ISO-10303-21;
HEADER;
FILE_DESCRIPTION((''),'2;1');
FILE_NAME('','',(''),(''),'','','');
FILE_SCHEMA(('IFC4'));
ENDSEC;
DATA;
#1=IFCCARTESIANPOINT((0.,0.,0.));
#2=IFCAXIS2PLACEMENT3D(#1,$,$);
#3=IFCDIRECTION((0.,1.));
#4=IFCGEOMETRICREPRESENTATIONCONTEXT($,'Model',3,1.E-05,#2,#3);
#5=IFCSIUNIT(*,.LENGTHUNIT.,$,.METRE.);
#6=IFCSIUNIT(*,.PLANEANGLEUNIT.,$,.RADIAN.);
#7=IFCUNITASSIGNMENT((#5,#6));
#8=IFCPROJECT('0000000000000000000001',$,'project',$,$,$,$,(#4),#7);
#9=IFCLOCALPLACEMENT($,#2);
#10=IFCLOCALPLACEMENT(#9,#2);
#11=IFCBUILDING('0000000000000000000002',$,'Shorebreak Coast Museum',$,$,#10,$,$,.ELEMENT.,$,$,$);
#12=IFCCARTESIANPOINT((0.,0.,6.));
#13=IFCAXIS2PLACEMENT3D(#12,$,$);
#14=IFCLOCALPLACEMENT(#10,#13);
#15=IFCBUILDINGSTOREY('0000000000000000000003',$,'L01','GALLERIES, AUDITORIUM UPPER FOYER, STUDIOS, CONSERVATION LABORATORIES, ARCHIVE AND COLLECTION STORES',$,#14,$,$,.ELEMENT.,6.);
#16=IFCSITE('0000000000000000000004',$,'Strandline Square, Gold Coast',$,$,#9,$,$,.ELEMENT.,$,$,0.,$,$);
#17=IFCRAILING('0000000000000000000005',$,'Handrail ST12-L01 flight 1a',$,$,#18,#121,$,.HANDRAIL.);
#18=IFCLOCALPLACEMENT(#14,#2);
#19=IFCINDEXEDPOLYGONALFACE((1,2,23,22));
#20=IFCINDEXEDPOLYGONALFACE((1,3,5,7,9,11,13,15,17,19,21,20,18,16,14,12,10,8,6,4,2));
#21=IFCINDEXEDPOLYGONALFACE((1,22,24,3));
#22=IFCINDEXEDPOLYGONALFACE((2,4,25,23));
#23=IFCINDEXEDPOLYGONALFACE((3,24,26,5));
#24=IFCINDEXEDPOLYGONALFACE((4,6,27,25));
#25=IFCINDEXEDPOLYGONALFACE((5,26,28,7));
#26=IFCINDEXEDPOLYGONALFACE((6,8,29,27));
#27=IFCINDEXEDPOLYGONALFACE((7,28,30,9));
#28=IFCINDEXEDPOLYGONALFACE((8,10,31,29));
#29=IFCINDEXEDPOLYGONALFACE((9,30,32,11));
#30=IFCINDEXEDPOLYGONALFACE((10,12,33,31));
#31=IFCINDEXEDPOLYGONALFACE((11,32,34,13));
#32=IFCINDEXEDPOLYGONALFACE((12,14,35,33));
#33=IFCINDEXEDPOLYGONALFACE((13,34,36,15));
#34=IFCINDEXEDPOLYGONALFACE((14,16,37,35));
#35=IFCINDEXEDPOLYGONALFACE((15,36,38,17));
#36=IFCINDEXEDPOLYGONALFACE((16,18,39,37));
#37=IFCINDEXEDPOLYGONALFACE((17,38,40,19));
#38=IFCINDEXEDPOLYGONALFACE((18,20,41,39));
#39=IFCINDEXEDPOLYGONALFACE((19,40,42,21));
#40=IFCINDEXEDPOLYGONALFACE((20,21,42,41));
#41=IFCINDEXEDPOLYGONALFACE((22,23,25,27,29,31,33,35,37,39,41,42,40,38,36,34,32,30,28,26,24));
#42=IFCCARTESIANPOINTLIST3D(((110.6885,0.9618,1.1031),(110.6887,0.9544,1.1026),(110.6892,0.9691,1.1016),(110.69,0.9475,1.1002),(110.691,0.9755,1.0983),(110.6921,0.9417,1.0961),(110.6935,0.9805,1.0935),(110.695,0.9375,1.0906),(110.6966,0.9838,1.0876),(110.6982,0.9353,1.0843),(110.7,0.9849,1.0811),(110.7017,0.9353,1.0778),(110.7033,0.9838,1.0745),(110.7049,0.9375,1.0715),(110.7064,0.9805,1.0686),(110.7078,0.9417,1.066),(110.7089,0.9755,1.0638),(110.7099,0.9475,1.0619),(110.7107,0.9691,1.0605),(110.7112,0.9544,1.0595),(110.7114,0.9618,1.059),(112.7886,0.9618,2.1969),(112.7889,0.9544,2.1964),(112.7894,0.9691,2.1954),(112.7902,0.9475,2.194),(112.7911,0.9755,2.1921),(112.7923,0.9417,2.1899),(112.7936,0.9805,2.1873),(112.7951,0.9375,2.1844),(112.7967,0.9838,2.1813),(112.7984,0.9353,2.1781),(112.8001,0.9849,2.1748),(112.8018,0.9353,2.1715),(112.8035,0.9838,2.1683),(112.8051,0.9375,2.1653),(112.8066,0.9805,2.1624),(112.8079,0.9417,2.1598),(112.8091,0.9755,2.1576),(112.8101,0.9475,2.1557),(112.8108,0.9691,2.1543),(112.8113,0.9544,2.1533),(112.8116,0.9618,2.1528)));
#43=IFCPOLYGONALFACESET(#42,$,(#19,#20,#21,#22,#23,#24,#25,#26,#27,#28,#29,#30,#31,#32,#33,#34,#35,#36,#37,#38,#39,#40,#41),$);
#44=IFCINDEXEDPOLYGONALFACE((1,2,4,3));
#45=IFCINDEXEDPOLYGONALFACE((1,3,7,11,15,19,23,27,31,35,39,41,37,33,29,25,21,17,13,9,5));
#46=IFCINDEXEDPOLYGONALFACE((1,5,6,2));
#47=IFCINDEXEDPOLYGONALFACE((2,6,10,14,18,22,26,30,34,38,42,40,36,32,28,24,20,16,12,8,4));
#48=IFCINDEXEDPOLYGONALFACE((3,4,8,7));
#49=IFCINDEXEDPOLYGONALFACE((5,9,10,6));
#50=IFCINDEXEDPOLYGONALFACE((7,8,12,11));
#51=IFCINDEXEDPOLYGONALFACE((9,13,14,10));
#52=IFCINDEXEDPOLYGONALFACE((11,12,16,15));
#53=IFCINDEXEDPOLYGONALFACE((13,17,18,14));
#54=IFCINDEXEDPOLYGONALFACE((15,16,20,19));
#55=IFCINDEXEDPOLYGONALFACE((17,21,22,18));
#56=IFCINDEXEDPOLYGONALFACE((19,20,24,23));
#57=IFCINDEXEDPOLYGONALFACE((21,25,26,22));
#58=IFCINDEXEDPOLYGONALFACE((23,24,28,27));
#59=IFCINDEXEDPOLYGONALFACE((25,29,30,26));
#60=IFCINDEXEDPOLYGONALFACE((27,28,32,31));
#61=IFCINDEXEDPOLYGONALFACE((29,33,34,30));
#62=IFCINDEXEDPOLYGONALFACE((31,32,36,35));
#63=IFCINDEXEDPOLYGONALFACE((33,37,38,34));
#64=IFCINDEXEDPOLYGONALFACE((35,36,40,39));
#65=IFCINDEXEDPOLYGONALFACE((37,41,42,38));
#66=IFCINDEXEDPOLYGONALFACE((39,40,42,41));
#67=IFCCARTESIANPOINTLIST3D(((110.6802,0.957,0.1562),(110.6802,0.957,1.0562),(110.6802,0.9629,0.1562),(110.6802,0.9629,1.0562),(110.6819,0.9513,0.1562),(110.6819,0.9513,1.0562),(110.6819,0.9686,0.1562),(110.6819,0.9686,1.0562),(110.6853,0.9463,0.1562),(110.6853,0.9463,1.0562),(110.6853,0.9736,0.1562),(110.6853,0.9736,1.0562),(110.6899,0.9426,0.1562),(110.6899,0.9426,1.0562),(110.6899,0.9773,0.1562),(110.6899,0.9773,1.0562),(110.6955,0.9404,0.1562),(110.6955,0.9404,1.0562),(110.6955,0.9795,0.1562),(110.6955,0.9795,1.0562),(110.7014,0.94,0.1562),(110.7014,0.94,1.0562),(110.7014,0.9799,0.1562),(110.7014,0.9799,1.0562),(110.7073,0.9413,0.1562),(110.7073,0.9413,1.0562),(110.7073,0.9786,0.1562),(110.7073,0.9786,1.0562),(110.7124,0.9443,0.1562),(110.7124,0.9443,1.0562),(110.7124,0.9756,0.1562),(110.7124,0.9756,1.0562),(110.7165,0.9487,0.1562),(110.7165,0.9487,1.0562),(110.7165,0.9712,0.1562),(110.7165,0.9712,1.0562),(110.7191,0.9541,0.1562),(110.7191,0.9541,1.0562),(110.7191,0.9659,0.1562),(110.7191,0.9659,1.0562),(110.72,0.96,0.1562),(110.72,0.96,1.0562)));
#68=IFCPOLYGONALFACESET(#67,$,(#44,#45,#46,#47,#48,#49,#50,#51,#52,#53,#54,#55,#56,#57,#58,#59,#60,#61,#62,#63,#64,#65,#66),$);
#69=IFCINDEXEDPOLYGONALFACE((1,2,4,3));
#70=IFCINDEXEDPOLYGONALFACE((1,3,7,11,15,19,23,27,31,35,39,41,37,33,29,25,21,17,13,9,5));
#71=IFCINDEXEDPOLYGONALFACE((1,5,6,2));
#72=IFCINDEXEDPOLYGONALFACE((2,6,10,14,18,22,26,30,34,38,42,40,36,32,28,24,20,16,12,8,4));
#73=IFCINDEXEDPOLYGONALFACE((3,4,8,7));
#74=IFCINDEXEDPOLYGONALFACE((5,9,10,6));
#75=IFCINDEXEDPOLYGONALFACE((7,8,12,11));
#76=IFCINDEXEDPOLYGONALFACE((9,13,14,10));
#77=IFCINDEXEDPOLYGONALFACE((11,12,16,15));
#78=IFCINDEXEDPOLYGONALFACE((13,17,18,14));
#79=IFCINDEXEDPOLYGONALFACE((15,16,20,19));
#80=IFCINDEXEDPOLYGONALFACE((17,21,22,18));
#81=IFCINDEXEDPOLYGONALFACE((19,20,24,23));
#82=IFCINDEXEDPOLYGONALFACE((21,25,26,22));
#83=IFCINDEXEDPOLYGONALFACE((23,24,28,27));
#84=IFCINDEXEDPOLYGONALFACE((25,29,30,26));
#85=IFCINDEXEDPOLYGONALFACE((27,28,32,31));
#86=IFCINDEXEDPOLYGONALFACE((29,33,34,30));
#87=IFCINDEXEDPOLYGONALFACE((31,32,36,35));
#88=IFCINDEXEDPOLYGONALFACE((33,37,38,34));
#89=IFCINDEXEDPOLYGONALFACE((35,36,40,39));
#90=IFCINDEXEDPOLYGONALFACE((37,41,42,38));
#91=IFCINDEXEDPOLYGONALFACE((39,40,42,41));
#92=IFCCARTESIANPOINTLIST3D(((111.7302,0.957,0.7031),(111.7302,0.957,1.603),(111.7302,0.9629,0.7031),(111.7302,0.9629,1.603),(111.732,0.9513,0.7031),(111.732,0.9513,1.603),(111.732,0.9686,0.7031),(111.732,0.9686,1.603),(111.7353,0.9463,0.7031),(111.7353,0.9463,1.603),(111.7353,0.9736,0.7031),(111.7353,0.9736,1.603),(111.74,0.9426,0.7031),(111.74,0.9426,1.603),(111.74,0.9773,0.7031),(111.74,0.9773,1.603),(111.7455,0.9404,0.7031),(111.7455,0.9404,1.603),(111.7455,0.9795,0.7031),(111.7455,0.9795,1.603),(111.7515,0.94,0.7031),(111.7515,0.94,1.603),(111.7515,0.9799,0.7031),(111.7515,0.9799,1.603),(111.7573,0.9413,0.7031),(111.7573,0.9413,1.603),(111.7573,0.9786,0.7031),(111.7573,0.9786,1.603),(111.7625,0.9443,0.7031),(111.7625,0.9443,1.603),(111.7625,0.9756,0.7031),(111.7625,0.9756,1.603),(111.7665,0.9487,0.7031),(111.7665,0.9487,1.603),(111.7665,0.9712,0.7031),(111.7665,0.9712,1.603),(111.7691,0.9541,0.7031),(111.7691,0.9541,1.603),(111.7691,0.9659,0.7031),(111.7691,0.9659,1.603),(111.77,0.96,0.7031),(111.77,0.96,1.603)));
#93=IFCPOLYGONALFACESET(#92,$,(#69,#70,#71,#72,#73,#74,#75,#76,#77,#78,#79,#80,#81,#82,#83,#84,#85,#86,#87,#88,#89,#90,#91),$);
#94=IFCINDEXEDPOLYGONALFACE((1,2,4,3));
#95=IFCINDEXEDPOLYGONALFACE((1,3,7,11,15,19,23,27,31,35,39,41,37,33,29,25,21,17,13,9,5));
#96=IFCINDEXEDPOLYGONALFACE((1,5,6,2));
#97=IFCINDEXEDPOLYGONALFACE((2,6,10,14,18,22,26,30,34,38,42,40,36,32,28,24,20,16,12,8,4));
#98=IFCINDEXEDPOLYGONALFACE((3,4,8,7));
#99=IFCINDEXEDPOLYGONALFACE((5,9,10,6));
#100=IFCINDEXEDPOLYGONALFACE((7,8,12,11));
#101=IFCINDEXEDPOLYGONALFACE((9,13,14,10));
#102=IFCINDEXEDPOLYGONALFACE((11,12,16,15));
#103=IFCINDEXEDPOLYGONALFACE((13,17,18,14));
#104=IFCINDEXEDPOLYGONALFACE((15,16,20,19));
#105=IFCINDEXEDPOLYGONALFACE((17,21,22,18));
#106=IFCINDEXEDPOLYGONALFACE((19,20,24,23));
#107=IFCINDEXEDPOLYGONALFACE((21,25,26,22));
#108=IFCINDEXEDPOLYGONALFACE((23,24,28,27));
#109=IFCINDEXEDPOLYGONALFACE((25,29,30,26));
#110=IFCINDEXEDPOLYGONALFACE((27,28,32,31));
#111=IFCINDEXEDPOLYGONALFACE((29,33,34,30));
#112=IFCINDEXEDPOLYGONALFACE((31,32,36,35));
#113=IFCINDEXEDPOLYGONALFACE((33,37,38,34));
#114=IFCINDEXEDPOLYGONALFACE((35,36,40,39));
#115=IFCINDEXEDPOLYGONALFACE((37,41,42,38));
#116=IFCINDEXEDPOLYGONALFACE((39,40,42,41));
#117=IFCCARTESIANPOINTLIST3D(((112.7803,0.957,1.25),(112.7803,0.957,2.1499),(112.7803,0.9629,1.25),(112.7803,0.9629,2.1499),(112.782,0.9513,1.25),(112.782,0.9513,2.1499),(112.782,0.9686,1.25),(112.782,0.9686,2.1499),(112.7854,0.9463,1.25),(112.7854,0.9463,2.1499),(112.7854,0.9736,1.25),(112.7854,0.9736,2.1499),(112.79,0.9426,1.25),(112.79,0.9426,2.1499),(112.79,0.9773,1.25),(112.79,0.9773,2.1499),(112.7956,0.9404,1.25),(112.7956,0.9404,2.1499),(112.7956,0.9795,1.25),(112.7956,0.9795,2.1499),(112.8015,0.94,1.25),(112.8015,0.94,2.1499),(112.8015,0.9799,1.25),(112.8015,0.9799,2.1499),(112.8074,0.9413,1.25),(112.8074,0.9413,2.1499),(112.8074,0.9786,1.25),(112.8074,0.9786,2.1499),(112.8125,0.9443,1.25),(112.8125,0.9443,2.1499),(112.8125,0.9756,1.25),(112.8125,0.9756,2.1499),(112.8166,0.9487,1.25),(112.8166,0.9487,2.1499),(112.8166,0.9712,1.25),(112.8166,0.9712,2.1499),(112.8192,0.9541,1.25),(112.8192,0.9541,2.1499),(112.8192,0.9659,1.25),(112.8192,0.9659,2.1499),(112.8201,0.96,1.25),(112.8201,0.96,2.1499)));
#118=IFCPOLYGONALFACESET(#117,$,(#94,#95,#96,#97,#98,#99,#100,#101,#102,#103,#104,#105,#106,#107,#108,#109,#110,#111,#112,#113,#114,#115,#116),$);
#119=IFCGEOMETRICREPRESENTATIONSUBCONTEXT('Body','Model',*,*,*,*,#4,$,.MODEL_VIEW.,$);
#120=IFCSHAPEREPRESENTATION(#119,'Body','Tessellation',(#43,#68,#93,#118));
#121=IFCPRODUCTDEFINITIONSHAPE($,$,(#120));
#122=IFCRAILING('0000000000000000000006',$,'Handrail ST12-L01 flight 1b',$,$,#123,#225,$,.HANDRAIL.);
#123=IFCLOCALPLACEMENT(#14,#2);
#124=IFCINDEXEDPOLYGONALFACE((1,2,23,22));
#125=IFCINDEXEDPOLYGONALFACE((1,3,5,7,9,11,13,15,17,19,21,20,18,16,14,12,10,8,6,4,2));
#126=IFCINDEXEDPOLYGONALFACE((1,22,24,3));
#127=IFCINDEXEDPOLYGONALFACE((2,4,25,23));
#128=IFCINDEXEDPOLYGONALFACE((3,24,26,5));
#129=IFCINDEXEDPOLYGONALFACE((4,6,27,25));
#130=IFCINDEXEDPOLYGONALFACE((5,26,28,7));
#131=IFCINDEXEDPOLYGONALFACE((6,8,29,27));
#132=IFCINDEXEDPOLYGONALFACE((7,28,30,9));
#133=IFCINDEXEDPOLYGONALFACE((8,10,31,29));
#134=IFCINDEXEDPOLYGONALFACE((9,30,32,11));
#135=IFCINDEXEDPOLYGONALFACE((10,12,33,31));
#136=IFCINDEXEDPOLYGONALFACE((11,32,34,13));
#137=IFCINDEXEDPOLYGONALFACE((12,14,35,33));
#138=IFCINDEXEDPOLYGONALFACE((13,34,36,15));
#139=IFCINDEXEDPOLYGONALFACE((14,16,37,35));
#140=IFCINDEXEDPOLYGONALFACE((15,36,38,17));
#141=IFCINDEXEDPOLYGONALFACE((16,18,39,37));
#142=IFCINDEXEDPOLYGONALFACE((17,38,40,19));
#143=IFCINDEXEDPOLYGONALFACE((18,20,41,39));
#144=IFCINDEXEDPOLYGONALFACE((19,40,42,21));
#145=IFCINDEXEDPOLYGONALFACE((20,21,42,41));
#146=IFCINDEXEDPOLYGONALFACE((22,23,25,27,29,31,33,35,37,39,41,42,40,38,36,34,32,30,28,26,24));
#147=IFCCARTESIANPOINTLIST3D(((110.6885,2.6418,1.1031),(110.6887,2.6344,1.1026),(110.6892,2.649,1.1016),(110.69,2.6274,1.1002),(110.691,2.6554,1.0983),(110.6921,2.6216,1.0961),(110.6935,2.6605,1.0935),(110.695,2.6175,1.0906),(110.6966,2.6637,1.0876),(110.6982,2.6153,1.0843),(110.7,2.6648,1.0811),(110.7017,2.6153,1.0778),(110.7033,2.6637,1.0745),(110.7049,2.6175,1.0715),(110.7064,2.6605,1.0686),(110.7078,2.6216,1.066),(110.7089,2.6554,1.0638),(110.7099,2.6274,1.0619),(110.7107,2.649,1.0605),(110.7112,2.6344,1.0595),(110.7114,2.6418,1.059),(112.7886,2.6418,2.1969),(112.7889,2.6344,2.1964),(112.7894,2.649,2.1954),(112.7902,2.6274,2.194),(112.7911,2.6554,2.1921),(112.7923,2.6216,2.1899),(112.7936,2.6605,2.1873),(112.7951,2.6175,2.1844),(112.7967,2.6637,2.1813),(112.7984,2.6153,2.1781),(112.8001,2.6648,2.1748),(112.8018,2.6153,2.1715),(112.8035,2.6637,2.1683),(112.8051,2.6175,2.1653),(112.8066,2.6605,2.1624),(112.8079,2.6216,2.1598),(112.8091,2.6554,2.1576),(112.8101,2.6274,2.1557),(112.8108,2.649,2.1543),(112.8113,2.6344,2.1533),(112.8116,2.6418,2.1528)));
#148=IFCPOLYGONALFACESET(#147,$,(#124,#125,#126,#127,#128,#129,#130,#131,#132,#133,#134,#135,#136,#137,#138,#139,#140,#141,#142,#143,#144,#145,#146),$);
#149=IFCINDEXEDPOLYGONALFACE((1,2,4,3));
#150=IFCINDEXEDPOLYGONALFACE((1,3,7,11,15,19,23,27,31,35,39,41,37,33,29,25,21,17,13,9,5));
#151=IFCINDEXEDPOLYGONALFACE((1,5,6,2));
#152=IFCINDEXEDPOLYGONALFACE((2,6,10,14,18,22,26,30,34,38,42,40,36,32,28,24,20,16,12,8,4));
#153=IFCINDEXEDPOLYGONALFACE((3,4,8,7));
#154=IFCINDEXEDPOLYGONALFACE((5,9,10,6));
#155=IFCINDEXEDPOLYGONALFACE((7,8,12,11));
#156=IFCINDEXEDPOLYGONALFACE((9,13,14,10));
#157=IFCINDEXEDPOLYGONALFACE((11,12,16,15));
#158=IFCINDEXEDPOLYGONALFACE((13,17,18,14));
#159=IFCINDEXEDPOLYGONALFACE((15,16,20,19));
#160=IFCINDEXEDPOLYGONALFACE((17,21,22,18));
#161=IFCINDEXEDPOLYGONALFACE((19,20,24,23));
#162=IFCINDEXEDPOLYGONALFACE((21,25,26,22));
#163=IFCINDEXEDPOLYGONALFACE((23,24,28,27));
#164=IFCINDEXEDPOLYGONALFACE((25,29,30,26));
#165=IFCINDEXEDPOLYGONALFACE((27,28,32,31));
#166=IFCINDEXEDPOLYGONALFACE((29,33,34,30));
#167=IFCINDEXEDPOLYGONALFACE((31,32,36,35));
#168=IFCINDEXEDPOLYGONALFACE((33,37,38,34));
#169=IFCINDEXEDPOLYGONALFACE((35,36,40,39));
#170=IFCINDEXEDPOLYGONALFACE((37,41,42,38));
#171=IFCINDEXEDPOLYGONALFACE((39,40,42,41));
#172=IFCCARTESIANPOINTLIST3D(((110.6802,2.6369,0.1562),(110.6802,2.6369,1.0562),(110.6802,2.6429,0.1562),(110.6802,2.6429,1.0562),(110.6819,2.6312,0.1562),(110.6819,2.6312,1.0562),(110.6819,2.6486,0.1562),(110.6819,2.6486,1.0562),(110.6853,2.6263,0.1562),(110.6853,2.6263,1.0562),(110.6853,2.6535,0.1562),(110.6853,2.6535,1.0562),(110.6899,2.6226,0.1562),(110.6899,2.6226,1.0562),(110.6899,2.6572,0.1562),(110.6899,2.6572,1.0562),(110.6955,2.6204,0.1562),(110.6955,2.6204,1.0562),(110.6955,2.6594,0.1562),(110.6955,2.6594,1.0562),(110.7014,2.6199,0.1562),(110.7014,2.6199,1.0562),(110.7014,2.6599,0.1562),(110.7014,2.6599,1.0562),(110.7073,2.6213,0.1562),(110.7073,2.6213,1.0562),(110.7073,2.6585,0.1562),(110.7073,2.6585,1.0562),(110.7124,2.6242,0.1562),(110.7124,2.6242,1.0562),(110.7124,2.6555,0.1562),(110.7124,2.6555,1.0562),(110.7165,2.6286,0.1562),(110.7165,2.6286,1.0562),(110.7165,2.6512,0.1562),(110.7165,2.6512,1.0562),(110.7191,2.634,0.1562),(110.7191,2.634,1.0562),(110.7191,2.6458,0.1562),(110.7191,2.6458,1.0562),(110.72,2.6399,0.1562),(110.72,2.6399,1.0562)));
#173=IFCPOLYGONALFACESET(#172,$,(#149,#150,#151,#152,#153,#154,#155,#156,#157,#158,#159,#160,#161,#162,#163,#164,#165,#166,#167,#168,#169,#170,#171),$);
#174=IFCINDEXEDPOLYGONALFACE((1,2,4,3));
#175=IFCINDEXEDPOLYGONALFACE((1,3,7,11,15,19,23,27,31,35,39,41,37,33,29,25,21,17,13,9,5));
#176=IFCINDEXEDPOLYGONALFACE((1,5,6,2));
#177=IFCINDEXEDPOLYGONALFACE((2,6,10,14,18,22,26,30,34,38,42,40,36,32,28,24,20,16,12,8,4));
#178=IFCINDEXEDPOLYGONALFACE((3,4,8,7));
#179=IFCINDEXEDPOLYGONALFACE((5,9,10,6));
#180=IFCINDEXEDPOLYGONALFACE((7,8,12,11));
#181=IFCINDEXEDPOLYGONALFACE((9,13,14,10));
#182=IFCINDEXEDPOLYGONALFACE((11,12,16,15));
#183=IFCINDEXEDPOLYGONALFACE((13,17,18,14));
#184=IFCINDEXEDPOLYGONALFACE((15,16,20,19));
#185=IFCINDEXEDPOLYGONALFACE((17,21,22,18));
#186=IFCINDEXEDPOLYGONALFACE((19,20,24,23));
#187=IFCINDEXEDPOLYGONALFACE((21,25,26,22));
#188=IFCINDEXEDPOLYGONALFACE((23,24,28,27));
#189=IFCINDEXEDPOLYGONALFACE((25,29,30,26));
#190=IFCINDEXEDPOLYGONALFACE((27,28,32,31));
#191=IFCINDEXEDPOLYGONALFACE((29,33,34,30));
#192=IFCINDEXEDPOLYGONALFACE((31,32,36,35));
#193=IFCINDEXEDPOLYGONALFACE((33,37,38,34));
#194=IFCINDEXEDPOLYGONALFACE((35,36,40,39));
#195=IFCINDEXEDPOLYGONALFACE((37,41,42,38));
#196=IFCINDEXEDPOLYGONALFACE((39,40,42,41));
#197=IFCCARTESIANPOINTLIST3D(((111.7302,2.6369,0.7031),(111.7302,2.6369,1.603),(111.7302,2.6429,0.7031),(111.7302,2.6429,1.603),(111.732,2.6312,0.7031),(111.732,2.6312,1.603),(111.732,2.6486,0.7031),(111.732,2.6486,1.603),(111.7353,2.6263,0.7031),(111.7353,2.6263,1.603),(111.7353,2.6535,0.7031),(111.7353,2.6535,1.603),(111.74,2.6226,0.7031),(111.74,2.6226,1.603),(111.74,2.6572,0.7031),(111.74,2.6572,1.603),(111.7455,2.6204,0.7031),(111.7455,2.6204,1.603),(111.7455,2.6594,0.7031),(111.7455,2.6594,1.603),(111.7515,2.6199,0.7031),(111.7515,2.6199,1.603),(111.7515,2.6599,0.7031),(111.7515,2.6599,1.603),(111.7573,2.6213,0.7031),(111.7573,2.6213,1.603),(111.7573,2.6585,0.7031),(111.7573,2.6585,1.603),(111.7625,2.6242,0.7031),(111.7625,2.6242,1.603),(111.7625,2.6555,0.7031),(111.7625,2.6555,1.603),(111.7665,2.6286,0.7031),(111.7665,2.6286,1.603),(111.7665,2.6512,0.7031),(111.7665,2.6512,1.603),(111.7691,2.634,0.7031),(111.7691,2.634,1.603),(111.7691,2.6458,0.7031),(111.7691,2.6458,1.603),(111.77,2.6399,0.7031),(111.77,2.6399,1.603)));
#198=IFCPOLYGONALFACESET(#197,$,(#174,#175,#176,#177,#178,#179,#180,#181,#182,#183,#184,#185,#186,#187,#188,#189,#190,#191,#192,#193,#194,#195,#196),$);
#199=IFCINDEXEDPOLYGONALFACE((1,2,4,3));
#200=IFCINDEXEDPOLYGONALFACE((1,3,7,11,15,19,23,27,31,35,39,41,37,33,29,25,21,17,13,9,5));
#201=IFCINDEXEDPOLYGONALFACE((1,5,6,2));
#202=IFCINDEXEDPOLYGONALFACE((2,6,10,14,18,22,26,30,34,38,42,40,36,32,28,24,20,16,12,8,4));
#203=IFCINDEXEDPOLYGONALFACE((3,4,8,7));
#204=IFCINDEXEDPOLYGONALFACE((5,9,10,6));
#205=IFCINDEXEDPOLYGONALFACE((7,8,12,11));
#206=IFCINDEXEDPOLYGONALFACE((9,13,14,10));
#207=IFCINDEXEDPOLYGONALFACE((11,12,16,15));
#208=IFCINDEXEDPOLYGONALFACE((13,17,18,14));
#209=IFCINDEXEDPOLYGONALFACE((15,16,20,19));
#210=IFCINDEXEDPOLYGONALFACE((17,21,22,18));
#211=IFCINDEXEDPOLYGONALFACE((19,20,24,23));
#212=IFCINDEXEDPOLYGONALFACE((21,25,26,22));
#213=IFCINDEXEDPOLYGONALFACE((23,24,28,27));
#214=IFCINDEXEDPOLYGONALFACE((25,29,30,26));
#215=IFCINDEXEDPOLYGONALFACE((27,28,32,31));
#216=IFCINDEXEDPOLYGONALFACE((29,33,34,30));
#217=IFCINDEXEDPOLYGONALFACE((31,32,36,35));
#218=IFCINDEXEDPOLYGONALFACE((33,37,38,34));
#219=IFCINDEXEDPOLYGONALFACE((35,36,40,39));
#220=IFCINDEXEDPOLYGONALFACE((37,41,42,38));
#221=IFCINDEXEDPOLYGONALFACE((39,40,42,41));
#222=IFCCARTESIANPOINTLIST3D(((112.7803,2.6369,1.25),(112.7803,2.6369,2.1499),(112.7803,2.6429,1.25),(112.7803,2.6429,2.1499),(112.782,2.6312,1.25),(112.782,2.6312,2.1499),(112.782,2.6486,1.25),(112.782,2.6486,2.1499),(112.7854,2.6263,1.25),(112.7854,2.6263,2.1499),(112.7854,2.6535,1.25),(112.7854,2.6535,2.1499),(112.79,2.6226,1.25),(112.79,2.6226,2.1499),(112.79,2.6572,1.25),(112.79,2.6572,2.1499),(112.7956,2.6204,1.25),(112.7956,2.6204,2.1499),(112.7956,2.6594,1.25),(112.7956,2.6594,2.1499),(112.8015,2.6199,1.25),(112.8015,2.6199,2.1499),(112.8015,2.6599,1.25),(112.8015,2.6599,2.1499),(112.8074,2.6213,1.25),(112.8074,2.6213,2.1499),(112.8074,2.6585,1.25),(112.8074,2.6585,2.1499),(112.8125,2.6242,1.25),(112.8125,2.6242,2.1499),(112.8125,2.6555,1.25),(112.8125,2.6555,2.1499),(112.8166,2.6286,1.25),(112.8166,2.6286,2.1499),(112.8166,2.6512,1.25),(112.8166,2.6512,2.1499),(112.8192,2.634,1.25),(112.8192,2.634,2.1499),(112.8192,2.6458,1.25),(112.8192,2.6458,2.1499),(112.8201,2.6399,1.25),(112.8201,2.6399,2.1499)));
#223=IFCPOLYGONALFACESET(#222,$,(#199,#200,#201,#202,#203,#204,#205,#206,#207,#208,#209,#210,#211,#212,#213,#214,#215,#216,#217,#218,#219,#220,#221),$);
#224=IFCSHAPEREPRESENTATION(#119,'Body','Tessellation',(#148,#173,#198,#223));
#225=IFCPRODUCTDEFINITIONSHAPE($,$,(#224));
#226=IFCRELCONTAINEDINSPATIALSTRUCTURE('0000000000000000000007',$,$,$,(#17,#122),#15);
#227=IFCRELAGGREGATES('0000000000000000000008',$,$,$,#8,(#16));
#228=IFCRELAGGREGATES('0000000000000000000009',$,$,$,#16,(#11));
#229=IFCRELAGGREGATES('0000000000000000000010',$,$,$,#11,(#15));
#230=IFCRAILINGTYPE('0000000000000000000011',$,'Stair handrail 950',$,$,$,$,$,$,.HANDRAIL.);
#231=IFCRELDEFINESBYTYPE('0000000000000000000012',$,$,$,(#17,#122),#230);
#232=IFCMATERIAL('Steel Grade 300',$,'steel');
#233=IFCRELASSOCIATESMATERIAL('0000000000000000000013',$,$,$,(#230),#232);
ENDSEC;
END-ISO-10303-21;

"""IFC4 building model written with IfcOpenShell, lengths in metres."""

from ifc_helpers import new_model, si_unit, direction, frame, origin, origin_2d, place, context, subcontext, project, spatial, circle, extrude, material, type_object, element, save


model = new_model("IFC4")

# Units and contexts
model_context = context("Model", 3, precision=1e-05, world=origin(), true_north=direction((0.0, 1.0)))
body_context = subcontext(model_context, "Body", "Model", "MODEL_VIEW")
ifc_project = project(units=[si_unit("LENGTHUNIT", "METRE"), si_unit("PLANEANGLEUNIT", "RADIAN")], contexts=[model_context])

# Site, building, storey
site_placement = place(None, origin())
site = spatial("IfcSite", under=ifc_project, at=site_placement, Name="Strandline Square, Gold Coast", CompositionType="ELEMENT", RefElevation=0.0)
building_placement = place(site_placement, origin())
building = spatial("IfcBuilding", under=site, at=building_placement, Name="Shorebreak Coast Museum", CompositionType="ELEMENT")
storey_placement = place(building_placement, frame((0.0, 0.0, 6.0)))
storey = spatial("IfcBuildingStorey", under=building, at=storey_placement, Name="L01", Description="GALLERIES, AUDITORIUM UPPER FOYER, STUDIOS, CONSERVATION LABORATORIES, ARCHIVE AND COLLECTION STORES", CompositionType="ELEMENT", Elevation=6.0)

# Railings
ifc_material_1 = material(Name="Steel Grade 300", Category="steel")
railing_type_1 = type_object("IfcRailingType", Name="Stair handrail 950", PredefinedType="HANDRAIL", material=ifc_material_1)
for number, where, name in (
    (1, (110.7, 0.96, 0.1562), "Handrail ST12-L01 flight 1a"),
    (2, (110.7, 2.6399, 0.1562), "Handrail ST12-L01 flight 1b"),
):
    element("IfcRailing", number, at=place(storey_placement, frame(where)), inside=storey, type_object=railing_type_1, Name=name, PredefinedType="HANDRAIL", context=body_context, shape_type="SweptSolid", body=[
        extrude(circle(Radius=0.0249, at=origin_2d()), frame((0.0, 0.0, 0.9248), z_axis=(0.886923, 0.0, 0.461918), x_axis=(0.0, 1.0, 0.0)), (0.0, 0.0, 1.0), 2.3679),
        extrude(circle(Radius=0.02, at=origin_2d()), origin(), (0.0, 0.0, 1.0), 0.8999),
        extrude(circle(Radius=0.02, at=origin_2d()), frame((1.05, 0.0, 0.5469)), (0.0, 0.0, 1.0), 0.8999),
        extrude(circle(Radius=0.02, at=origin_2d()), frame((2.1001, 0.0, 1.0938)), (0.0, 0.0, 1.0), 0.8999),
    ])

save(model, "model.ifc")
